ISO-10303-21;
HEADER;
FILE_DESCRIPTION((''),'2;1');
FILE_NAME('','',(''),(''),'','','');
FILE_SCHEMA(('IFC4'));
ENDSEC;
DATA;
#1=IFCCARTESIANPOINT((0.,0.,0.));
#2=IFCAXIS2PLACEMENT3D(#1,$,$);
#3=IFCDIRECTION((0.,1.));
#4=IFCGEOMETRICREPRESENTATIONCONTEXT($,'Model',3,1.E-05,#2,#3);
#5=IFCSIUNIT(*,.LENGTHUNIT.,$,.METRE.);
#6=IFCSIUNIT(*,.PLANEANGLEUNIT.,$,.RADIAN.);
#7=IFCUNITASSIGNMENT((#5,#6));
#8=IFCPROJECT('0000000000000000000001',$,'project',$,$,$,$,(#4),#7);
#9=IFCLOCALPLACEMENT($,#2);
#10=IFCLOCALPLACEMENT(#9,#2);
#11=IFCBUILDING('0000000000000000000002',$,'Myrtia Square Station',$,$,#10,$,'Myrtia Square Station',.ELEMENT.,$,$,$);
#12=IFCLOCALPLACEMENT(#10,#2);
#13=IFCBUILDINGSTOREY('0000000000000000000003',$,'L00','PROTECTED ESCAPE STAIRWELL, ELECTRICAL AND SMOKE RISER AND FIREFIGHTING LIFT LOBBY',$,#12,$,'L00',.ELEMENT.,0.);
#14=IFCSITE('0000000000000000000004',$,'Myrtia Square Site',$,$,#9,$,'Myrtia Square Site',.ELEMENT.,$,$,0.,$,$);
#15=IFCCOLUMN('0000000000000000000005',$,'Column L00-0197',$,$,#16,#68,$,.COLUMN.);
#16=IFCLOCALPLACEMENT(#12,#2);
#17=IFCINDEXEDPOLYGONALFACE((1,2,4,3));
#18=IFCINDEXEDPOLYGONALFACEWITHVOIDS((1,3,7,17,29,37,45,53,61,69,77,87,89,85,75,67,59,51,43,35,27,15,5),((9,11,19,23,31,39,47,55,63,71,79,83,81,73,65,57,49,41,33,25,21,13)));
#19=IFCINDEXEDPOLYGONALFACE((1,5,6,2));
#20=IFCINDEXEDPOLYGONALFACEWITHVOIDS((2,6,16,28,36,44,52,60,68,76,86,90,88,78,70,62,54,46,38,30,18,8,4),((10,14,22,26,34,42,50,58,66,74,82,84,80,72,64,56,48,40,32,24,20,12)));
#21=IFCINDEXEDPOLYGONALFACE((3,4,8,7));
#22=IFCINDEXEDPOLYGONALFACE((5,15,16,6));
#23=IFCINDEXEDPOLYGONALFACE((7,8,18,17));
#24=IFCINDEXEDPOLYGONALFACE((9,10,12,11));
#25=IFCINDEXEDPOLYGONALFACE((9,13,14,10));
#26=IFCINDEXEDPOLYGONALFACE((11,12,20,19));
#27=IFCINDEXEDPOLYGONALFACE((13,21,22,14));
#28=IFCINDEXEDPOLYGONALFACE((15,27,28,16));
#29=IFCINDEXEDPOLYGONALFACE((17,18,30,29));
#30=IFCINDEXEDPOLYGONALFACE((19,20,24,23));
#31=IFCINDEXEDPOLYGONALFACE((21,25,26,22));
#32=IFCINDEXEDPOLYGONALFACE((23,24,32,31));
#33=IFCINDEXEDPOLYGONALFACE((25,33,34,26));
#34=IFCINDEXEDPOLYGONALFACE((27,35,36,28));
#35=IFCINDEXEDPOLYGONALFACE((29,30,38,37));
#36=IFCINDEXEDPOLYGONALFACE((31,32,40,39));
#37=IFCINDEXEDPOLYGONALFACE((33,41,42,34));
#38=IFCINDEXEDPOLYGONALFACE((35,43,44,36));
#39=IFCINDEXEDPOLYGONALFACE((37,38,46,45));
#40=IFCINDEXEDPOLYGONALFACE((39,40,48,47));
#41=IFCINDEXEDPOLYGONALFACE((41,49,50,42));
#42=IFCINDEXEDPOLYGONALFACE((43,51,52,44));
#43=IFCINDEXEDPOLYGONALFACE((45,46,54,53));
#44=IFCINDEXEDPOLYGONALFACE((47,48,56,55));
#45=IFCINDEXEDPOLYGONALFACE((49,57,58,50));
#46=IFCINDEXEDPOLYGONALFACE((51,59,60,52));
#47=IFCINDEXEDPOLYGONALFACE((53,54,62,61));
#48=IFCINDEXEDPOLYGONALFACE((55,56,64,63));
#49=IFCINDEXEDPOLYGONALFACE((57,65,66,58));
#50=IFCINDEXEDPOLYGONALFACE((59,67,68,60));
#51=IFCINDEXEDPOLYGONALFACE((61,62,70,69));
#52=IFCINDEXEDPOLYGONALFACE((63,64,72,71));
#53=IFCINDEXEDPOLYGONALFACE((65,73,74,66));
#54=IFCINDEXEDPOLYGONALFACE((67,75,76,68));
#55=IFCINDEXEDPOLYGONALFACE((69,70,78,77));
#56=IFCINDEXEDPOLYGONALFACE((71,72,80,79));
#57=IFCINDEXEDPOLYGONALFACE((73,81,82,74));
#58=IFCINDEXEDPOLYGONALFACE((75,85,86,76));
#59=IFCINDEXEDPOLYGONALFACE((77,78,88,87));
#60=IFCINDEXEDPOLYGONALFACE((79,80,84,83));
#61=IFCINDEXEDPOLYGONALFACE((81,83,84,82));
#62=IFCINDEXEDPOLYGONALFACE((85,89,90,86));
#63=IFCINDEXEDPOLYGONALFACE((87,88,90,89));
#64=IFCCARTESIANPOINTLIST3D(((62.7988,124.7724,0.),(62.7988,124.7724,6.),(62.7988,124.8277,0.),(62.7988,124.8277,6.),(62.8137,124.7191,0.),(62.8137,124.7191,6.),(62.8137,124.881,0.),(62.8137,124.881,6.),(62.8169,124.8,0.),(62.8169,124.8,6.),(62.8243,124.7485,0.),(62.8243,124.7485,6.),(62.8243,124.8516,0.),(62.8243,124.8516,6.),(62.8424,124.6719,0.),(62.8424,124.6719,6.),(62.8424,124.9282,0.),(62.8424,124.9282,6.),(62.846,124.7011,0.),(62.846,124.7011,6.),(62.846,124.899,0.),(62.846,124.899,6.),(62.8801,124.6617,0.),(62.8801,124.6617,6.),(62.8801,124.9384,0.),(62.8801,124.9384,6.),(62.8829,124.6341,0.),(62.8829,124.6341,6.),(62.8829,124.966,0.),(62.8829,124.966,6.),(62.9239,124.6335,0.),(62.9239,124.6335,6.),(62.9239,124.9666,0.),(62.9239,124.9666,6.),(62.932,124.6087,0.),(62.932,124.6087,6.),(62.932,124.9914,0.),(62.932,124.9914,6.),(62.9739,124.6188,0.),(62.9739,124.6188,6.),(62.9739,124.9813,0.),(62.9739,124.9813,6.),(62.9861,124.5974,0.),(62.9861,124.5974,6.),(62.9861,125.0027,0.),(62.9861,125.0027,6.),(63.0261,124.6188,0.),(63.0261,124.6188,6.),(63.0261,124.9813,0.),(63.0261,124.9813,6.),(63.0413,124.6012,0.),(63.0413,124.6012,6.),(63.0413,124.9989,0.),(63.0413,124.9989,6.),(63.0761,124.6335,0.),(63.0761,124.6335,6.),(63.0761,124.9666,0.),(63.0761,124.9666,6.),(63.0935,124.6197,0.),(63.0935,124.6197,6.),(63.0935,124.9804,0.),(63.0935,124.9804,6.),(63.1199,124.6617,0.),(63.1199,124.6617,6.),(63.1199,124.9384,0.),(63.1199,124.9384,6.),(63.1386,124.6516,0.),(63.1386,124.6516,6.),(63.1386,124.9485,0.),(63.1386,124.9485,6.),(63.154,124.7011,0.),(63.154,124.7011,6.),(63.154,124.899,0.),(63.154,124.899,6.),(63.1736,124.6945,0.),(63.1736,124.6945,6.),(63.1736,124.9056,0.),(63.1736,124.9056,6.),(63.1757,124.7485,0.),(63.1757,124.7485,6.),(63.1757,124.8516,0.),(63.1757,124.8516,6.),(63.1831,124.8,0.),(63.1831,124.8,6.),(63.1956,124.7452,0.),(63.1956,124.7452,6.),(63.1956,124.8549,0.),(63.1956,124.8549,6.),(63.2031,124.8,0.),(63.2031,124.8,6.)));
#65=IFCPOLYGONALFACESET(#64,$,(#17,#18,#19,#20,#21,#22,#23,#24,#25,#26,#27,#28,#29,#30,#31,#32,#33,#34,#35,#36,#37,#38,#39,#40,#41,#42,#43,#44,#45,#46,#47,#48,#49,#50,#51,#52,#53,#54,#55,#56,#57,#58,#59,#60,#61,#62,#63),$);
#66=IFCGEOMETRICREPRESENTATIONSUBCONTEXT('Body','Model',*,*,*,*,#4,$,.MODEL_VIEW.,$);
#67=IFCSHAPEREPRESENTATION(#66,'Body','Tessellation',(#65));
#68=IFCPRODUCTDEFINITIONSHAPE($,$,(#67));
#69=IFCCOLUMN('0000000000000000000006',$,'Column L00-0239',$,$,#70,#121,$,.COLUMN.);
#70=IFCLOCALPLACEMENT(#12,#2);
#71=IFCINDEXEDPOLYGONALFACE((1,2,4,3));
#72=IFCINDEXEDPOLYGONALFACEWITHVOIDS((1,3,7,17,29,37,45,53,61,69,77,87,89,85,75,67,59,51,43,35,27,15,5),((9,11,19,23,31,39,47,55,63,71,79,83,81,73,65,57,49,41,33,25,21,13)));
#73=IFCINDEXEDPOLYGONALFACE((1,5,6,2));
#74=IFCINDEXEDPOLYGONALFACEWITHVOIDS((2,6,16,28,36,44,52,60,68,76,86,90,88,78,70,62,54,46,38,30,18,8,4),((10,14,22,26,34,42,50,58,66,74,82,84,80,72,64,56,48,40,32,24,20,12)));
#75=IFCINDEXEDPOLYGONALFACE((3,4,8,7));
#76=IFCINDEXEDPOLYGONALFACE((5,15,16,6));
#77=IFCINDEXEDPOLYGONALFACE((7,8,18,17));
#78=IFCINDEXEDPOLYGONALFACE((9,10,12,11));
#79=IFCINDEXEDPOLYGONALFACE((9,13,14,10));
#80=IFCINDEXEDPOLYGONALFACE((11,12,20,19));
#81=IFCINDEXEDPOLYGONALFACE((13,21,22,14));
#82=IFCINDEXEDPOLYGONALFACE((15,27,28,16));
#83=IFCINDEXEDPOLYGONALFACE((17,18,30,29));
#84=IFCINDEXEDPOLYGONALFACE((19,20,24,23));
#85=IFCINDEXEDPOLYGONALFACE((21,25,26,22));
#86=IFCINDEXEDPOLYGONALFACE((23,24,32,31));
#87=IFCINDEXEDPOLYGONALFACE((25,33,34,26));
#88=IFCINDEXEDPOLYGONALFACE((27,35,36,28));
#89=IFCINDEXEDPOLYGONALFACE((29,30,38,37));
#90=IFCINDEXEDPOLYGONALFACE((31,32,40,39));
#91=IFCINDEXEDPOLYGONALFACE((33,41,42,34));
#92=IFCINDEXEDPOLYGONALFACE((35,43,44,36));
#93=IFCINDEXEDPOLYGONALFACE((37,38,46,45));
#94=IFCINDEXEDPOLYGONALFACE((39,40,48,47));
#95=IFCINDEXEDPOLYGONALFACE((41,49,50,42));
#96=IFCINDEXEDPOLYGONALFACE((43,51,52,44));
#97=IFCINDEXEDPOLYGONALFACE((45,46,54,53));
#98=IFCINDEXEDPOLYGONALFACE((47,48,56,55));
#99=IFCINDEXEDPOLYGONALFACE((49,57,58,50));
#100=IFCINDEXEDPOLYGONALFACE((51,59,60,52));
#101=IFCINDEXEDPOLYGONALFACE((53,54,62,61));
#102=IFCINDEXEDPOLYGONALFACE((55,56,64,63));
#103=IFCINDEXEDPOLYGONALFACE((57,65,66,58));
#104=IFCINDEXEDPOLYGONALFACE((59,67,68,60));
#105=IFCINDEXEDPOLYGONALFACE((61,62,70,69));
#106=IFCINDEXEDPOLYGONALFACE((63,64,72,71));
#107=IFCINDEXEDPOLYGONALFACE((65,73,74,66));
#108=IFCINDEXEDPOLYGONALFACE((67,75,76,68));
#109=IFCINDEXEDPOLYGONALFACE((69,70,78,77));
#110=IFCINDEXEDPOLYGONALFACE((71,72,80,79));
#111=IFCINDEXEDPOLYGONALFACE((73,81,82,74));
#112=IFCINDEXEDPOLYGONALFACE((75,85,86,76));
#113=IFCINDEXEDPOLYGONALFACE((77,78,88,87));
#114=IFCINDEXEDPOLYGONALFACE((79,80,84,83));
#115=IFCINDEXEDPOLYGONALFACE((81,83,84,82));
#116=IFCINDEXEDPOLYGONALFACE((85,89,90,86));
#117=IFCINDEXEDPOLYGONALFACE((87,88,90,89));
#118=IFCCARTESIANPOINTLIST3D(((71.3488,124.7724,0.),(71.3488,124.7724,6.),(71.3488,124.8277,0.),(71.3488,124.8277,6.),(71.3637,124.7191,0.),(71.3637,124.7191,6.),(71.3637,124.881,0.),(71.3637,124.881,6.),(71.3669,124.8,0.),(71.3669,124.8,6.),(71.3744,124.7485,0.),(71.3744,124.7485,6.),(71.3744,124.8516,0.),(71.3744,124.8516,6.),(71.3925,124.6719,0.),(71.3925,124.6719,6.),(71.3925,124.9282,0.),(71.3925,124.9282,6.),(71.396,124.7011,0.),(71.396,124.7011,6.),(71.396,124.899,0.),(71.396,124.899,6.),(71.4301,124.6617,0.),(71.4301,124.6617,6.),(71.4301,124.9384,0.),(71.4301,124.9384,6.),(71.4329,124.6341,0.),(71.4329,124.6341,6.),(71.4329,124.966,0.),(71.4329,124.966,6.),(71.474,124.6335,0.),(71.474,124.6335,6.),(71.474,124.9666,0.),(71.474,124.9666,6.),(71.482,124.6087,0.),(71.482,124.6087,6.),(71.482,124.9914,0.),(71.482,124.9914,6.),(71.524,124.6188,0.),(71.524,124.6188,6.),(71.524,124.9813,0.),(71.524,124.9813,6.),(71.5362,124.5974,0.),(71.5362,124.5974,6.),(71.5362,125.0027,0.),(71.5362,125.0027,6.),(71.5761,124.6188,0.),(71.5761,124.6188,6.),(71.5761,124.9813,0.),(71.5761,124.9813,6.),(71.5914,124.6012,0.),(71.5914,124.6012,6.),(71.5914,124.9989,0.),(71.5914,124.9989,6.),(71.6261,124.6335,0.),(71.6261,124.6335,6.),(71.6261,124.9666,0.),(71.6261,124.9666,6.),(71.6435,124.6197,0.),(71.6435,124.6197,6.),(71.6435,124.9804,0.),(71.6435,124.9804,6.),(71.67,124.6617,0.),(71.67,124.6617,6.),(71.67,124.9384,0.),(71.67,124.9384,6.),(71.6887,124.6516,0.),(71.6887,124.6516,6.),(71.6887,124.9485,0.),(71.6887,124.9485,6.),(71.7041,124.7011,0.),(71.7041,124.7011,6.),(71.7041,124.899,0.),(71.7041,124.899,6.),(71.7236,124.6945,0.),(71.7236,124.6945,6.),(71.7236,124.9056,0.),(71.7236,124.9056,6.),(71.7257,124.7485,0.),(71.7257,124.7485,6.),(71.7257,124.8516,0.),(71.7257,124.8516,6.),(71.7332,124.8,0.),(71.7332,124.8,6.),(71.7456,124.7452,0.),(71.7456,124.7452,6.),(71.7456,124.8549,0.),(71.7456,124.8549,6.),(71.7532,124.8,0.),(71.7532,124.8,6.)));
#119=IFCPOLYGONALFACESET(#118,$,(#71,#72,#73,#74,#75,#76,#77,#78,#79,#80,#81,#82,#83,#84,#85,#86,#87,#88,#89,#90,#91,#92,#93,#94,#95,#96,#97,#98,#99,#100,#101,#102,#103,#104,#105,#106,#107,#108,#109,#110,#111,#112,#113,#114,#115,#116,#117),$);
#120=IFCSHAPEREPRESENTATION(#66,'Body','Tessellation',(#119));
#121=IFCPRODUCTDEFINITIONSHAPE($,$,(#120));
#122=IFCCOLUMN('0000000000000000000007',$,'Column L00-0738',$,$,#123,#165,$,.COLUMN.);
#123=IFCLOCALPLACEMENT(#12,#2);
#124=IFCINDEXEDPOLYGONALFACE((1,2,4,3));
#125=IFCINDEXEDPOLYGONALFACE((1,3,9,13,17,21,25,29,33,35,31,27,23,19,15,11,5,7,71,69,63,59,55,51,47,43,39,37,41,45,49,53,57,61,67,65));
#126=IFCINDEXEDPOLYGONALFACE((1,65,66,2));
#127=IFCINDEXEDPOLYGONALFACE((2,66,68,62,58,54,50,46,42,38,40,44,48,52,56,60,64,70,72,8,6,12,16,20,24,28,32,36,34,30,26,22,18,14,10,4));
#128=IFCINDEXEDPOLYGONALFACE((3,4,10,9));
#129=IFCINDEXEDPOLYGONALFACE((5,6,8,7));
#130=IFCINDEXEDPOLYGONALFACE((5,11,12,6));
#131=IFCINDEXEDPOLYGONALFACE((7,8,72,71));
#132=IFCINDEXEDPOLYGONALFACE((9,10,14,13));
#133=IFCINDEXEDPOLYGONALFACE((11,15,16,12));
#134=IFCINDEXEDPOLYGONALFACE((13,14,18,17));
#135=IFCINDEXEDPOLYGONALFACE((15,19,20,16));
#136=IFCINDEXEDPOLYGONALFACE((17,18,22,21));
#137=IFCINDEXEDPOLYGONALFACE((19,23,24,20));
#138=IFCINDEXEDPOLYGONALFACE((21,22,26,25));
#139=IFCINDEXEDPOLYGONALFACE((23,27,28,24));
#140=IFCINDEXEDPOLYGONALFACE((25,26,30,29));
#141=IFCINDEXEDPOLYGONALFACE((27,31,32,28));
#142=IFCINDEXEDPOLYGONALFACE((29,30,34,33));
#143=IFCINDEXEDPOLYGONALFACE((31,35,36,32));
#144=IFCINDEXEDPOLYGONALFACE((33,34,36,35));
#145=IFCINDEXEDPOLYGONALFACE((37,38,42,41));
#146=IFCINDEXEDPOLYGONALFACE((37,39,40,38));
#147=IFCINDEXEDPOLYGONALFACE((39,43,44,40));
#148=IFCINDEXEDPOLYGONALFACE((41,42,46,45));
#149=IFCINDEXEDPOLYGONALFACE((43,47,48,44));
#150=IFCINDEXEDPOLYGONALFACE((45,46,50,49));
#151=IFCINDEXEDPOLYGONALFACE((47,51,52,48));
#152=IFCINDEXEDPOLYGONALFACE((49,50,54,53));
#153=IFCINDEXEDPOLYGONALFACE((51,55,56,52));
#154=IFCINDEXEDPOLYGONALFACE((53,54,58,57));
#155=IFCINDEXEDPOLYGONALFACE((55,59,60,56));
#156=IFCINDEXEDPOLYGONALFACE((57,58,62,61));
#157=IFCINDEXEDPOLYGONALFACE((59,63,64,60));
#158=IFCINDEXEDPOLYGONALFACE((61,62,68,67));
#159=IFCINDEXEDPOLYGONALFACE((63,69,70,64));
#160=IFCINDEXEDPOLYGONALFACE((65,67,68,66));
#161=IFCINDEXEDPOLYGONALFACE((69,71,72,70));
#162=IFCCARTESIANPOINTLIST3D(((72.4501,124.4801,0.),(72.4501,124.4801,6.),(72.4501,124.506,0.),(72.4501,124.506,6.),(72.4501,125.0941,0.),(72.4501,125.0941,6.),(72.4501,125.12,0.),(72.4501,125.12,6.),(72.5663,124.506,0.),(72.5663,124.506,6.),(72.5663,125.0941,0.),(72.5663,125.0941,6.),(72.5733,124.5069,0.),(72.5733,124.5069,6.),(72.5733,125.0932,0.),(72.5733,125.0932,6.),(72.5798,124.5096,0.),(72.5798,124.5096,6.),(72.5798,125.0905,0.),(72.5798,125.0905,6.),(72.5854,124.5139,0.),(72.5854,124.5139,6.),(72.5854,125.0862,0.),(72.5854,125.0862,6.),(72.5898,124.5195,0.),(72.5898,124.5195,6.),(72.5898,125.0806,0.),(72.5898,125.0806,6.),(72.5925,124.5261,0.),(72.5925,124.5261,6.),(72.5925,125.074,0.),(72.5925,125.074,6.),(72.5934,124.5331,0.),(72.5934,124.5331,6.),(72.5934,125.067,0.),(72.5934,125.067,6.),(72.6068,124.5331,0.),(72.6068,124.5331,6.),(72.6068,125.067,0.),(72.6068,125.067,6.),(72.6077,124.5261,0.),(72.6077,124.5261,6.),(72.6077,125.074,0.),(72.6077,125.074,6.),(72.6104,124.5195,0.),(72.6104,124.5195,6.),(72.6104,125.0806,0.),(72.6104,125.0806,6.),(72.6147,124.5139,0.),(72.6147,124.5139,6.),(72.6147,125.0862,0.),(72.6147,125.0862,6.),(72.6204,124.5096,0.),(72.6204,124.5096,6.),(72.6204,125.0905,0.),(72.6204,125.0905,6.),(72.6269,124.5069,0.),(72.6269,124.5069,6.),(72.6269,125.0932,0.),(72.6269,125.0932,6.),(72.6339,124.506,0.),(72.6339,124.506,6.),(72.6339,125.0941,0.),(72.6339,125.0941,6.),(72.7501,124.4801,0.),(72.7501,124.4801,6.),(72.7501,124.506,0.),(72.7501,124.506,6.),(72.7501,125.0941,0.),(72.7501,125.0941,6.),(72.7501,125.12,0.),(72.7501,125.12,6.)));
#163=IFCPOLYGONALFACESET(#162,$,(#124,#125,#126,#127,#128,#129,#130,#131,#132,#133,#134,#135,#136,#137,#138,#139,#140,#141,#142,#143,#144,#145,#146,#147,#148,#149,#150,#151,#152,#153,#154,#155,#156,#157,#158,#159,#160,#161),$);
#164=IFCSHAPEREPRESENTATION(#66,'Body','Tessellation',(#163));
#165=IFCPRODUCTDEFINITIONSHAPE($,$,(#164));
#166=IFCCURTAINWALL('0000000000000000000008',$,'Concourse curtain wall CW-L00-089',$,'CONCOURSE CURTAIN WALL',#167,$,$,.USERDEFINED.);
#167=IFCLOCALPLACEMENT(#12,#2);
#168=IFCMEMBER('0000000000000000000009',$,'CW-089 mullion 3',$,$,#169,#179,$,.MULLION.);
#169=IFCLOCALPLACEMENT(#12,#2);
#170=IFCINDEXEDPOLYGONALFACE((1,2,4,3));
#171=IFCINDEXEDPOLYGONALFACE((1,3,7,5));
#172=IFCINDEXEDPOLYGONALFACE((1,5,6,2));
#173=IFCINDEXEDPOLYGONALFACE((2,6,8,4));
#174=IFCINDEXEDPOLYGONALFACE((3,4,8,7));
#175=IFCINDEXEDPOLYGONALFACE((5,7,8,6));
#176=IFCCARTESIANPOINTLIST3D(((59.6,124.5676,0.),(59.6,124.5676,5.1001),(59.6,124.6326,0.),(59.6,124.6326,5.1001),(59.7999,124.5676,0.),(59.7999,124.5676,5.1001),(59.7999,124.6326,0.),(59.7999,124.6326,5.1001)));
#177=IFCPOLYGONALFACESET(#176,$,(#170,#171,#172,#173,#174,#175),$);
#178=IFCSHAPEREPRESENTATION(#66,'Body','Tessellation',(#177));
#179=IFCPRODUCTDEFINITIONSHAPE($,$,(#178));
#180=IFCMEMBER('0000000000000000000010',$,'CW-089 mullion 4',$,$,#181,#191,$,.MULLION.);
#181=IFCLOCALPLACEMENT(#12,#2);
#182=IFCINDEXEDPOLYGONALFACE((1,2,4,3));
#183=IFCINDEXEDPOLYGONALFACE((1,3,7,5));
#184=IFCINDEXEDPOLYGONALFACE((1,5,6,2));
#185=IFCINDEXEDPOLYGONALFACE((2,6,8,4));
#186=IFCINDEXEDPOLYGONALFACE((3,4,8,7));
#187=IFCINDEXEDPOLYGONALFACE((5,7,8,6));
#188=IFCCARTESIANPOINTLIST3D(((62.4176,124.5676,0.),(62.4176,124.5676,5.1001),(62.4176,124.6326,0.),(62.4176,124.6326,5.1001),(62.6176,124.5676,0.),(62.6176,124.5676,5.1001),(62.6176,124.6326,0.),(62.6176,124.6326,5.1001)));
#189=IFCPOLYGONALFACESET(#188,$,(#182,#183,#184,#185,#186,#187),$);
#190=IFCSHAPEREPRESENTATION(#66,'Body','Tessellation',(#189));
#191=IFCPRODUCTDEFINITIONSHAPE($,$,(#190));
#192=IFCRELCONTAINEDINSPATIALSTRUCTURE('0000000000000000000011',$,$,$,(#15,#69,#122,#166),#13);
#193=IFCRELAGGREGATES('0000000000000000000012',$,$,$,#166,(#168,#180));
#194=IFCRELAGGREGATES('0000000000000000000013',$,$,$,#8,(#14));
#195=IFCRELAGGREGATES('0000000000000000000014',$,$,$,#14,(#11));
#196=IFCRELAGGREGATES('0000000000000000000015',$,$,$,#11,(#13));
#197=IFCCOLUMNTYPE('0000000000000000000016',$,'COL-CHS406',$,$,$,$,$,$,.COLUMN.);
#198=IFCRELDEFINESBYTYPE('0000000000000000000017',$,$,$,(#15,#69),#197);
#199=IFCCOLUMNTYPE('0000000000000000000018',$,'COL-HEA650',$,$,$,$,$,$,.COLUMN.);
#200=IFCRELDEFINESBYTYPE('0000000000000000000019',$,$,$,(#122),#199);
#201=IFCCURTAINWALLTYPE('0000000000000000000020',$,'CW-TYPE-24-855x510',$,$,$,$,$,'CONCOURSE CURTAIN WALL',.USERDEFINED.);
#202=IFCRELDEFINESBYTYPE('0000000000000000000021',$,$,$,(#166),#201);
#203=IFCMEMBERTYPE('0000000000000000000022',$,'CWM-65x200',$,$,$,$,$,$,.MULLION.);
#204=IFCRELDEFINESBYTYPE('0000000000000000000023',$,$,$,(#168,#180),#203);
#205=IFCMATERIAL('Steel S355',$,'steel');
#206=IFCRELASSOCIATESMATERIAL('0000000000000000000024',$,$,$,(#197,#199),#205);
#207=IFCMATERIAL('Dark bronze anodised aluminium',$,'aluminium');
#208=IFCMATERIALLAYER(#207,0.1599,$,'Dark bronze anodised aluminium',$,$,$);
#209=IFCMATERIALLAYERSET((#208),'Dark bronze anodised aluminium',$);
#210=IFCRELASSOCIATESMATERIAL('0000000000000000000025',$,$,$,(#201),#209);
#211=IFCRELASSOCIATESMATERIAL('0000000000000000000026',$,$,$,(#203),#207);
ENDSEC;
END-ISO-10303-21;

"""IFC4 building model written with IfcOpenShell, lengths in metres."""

from ifc_helpers import new_model, si_unit, direction, frame, origin, origin_2d, place, context, subcontext, project, spatial, rectangle, hollow_circle, i_section, extrude, material, layer, layer_set, material_profile, profile_set, type_object, element, aggregate, save


model = new_model("IFC4")

# Units and contexts
model_context = context("Model", 3, precision=1e-05, world=origin(), true_north=direction((0.0, 1.0)))
body_context = subcontext(model_context, "Body", "Model", "MODEL_VIEW")
ifc_project = project(units=[si_unit("LENGTHUNIT", "METRE"), si_unit("PLANEANGLEUNIT", "RADIAN")], contexts=[model_context])

# Site, building, storey
site_placement = place(None, origin())
site = spatial("IfcSite", under=ifc_project, at=site_placement, Name="Myrtia Square Site", LongName="Myrtia Square Site", CompositionType="ELEMENT", RefElevation=0.0)
building_placement = place(site_placement, origin())
building = spatial("IfcBuilding", under=site, at=building_placement, Name="Myrtia Square Station", LongName="Myrtia Square Station", CompositionType="ELEMENT")
storey_placement = place(building_placement, origin())
storey = spatial("IfcBuildingStorey", under=building, at=storey_placement, Name="L00", Description="PROTECTED ESCAPE STAIRWELL, ELECTRICAL AND SMOKE RISER AND FIREFIGHTING LIFT LOBBY", LongName="L00", CompositionType="ELEMENT", Elevation=0.0)

# Columns
ifc_material_1 = material(Name="Steel S355", Category="steel")
ifc_material_profile_1 = material_profile(ifc_material_1, hollow_circle(Radius=0.2031, WallThickness=0.02, at=origin_2d()), Name="CHS 406.4x20")
ifc_profile_set_1 = profile_set([ifc_material_profile_1], Name="Steel S355")
column_type_1 = type_object("IfcColumnType", Name="COL-CHS406", PredefinedType="COLUMN", material=ifc_profile_set_1)
for number, where, z_axis, x_axis, name in (
    (1, (63.0, 124.8, 0.0), (0.0, 0.0, 1.0), (1.0, 0.0, 0.0), "Column L00-0197"),
    (2, (71.55, 124.8, 0.0), (0.0, 0.0, 1.0), (1.0, 0.0, 0.0), "Column L00-0239"),
):
    element("IfcColumn", number, at=place(storey_placement, frame(where, z_axis=z_axis, x_axis=x_axis)), inside=storey, type_object=column_type_1, Name=name, PredefinedType="COLUMN", context=body_context, shape_type="SweptSolid", body=[
        extrude(hollow_circle(Radius=0.2031, WallThickness=0.02, at=origin_2d()), origin(), (0.0, 0.0, 1.0), 6.0),
    ])
ifc_material_profile_2 = material_profile(ifc_material_1, i_section(OverallWidth=0.3, OverallDepth=0.6399, WebThickness=0.0134, FlangeThickness=0.0259, FilletRadius=0.0271, at=origin_2d()), Name="HEA 650")
ifc_profile_set_2 = profile_set([ifc_material_profile_2], Name="Steel S355")
column_type_2 = type_object("IfcColumnType", Name="COL-HEA650", PredefinedType="COLUMN", material=ifc_profile_set_2)
column_placement = place(storey_placement, frame((72.6001, 124.8, 0.0), z_axis=(0.0, 0.0, 1.0), x_axis=(1.0, 0.0, 0.0)))
element("IfcColumn", 3, at=column_placement, inside=storey, type_object=column_type_2, Name="Column L00-0738", PredefinedType="COLUMN", context=body_context, shape_type="SweptSolid", body=[
    extrude(i_section(OverallWidth=0.3, OverallDepth=0.6399, WebThickness=0.0134, FlangeThickness=0.0259, FilletRadius=0.0271, at=origin_2d()), origin(), (0.0, 0.0, 1.0), 6.0),
])

# Curtain wall, members
ifc_material_2 = material(Name="Dark bronze anodised aluminium", Category="aluminium")
ifc_layer_1 = layer(ifc_material_2, 0.1599, Name="Dark bronze anodised aluminium")
ifc_layer_set_1 = layer_set([ifc_layer_1], Name="Dark bronze anodised aluminium")
curtain_wall_type_1 = type_object("IfcCurtainWallType", Name="CW-TYPE-24-855x510", ElementType="CONCOURSE CURTAIN WALL", PredefinedType="USERDEFINED", material=ifc_layer_set_1)
curtain_wall_1_placement = place(storey_placement, origin())
curtain_wall_1 = element("IfcCurtainWall", 4, at=curtain_wall_1_placement, inside=storey, type_object=curtain_wall_type_1, Name="Concourse curtain wall CW-L00-089", ObjectType="CONCOURSE CURTAIN WALL", PredefinedType="USERDEFINED")
ifc_material_profile_3 = material_profile(ifc_material_2, rectangle(XDim=0.0649, YDim=0.2, at=origin_2d()), Name="ALU-M 65x200")
ifc_profile_set_3 = profile_set([ifc_material_profile_3], Name="Dark bronze anodised aluminium")
member_type_1 = type_object("IfcMemberType", Name="CWM-65x200", PredefinedType="MULLION", material=ifc_profile_set_3)
member_1_placement = place(storey_placement, frame((59.7, 124.6001, 0.0), z_axis=(0.0, 0.0, 1.0), x_axis=(0.0, 1.0, 0.0)))
member_1 = element("IfcMember", 5, at=member_1_placement, type_object=member_type_1, Name="CW-089 mullion 3", PredefinedType="MULLION", context=body_context, shape_type="SweptSolid", body=[
    extrude(rectangle(XDim=0.0649, YDim=0.2, at=origin_2d()), origin(), (0.0, 0.0, 1.0), 5.1001),
])
member_2_placement = place(storey_placement, frame((62.5176, 124.6001, 0.0), z_axis=(0.0, 0.0, 1.0), x_axis=(0.0, 1.0, 0.0)))
member_2 = element("IfcMember", 6, at=member_2_placement, type_object=member_type_1, Name="CW-089 mullion 4", PredefinedType="MULLION", context=body_context, shape_type="SweptSolid", body=[
    extrude(rectangle(XDim=0.0649, YDim=0.2, at=origin_2d()), origin(), (0.0, 0.0, 1.0), 5.1001),
])

aggregate(curtain_wall_1, [member_1, member_2])

save(model, "model.ifc")
